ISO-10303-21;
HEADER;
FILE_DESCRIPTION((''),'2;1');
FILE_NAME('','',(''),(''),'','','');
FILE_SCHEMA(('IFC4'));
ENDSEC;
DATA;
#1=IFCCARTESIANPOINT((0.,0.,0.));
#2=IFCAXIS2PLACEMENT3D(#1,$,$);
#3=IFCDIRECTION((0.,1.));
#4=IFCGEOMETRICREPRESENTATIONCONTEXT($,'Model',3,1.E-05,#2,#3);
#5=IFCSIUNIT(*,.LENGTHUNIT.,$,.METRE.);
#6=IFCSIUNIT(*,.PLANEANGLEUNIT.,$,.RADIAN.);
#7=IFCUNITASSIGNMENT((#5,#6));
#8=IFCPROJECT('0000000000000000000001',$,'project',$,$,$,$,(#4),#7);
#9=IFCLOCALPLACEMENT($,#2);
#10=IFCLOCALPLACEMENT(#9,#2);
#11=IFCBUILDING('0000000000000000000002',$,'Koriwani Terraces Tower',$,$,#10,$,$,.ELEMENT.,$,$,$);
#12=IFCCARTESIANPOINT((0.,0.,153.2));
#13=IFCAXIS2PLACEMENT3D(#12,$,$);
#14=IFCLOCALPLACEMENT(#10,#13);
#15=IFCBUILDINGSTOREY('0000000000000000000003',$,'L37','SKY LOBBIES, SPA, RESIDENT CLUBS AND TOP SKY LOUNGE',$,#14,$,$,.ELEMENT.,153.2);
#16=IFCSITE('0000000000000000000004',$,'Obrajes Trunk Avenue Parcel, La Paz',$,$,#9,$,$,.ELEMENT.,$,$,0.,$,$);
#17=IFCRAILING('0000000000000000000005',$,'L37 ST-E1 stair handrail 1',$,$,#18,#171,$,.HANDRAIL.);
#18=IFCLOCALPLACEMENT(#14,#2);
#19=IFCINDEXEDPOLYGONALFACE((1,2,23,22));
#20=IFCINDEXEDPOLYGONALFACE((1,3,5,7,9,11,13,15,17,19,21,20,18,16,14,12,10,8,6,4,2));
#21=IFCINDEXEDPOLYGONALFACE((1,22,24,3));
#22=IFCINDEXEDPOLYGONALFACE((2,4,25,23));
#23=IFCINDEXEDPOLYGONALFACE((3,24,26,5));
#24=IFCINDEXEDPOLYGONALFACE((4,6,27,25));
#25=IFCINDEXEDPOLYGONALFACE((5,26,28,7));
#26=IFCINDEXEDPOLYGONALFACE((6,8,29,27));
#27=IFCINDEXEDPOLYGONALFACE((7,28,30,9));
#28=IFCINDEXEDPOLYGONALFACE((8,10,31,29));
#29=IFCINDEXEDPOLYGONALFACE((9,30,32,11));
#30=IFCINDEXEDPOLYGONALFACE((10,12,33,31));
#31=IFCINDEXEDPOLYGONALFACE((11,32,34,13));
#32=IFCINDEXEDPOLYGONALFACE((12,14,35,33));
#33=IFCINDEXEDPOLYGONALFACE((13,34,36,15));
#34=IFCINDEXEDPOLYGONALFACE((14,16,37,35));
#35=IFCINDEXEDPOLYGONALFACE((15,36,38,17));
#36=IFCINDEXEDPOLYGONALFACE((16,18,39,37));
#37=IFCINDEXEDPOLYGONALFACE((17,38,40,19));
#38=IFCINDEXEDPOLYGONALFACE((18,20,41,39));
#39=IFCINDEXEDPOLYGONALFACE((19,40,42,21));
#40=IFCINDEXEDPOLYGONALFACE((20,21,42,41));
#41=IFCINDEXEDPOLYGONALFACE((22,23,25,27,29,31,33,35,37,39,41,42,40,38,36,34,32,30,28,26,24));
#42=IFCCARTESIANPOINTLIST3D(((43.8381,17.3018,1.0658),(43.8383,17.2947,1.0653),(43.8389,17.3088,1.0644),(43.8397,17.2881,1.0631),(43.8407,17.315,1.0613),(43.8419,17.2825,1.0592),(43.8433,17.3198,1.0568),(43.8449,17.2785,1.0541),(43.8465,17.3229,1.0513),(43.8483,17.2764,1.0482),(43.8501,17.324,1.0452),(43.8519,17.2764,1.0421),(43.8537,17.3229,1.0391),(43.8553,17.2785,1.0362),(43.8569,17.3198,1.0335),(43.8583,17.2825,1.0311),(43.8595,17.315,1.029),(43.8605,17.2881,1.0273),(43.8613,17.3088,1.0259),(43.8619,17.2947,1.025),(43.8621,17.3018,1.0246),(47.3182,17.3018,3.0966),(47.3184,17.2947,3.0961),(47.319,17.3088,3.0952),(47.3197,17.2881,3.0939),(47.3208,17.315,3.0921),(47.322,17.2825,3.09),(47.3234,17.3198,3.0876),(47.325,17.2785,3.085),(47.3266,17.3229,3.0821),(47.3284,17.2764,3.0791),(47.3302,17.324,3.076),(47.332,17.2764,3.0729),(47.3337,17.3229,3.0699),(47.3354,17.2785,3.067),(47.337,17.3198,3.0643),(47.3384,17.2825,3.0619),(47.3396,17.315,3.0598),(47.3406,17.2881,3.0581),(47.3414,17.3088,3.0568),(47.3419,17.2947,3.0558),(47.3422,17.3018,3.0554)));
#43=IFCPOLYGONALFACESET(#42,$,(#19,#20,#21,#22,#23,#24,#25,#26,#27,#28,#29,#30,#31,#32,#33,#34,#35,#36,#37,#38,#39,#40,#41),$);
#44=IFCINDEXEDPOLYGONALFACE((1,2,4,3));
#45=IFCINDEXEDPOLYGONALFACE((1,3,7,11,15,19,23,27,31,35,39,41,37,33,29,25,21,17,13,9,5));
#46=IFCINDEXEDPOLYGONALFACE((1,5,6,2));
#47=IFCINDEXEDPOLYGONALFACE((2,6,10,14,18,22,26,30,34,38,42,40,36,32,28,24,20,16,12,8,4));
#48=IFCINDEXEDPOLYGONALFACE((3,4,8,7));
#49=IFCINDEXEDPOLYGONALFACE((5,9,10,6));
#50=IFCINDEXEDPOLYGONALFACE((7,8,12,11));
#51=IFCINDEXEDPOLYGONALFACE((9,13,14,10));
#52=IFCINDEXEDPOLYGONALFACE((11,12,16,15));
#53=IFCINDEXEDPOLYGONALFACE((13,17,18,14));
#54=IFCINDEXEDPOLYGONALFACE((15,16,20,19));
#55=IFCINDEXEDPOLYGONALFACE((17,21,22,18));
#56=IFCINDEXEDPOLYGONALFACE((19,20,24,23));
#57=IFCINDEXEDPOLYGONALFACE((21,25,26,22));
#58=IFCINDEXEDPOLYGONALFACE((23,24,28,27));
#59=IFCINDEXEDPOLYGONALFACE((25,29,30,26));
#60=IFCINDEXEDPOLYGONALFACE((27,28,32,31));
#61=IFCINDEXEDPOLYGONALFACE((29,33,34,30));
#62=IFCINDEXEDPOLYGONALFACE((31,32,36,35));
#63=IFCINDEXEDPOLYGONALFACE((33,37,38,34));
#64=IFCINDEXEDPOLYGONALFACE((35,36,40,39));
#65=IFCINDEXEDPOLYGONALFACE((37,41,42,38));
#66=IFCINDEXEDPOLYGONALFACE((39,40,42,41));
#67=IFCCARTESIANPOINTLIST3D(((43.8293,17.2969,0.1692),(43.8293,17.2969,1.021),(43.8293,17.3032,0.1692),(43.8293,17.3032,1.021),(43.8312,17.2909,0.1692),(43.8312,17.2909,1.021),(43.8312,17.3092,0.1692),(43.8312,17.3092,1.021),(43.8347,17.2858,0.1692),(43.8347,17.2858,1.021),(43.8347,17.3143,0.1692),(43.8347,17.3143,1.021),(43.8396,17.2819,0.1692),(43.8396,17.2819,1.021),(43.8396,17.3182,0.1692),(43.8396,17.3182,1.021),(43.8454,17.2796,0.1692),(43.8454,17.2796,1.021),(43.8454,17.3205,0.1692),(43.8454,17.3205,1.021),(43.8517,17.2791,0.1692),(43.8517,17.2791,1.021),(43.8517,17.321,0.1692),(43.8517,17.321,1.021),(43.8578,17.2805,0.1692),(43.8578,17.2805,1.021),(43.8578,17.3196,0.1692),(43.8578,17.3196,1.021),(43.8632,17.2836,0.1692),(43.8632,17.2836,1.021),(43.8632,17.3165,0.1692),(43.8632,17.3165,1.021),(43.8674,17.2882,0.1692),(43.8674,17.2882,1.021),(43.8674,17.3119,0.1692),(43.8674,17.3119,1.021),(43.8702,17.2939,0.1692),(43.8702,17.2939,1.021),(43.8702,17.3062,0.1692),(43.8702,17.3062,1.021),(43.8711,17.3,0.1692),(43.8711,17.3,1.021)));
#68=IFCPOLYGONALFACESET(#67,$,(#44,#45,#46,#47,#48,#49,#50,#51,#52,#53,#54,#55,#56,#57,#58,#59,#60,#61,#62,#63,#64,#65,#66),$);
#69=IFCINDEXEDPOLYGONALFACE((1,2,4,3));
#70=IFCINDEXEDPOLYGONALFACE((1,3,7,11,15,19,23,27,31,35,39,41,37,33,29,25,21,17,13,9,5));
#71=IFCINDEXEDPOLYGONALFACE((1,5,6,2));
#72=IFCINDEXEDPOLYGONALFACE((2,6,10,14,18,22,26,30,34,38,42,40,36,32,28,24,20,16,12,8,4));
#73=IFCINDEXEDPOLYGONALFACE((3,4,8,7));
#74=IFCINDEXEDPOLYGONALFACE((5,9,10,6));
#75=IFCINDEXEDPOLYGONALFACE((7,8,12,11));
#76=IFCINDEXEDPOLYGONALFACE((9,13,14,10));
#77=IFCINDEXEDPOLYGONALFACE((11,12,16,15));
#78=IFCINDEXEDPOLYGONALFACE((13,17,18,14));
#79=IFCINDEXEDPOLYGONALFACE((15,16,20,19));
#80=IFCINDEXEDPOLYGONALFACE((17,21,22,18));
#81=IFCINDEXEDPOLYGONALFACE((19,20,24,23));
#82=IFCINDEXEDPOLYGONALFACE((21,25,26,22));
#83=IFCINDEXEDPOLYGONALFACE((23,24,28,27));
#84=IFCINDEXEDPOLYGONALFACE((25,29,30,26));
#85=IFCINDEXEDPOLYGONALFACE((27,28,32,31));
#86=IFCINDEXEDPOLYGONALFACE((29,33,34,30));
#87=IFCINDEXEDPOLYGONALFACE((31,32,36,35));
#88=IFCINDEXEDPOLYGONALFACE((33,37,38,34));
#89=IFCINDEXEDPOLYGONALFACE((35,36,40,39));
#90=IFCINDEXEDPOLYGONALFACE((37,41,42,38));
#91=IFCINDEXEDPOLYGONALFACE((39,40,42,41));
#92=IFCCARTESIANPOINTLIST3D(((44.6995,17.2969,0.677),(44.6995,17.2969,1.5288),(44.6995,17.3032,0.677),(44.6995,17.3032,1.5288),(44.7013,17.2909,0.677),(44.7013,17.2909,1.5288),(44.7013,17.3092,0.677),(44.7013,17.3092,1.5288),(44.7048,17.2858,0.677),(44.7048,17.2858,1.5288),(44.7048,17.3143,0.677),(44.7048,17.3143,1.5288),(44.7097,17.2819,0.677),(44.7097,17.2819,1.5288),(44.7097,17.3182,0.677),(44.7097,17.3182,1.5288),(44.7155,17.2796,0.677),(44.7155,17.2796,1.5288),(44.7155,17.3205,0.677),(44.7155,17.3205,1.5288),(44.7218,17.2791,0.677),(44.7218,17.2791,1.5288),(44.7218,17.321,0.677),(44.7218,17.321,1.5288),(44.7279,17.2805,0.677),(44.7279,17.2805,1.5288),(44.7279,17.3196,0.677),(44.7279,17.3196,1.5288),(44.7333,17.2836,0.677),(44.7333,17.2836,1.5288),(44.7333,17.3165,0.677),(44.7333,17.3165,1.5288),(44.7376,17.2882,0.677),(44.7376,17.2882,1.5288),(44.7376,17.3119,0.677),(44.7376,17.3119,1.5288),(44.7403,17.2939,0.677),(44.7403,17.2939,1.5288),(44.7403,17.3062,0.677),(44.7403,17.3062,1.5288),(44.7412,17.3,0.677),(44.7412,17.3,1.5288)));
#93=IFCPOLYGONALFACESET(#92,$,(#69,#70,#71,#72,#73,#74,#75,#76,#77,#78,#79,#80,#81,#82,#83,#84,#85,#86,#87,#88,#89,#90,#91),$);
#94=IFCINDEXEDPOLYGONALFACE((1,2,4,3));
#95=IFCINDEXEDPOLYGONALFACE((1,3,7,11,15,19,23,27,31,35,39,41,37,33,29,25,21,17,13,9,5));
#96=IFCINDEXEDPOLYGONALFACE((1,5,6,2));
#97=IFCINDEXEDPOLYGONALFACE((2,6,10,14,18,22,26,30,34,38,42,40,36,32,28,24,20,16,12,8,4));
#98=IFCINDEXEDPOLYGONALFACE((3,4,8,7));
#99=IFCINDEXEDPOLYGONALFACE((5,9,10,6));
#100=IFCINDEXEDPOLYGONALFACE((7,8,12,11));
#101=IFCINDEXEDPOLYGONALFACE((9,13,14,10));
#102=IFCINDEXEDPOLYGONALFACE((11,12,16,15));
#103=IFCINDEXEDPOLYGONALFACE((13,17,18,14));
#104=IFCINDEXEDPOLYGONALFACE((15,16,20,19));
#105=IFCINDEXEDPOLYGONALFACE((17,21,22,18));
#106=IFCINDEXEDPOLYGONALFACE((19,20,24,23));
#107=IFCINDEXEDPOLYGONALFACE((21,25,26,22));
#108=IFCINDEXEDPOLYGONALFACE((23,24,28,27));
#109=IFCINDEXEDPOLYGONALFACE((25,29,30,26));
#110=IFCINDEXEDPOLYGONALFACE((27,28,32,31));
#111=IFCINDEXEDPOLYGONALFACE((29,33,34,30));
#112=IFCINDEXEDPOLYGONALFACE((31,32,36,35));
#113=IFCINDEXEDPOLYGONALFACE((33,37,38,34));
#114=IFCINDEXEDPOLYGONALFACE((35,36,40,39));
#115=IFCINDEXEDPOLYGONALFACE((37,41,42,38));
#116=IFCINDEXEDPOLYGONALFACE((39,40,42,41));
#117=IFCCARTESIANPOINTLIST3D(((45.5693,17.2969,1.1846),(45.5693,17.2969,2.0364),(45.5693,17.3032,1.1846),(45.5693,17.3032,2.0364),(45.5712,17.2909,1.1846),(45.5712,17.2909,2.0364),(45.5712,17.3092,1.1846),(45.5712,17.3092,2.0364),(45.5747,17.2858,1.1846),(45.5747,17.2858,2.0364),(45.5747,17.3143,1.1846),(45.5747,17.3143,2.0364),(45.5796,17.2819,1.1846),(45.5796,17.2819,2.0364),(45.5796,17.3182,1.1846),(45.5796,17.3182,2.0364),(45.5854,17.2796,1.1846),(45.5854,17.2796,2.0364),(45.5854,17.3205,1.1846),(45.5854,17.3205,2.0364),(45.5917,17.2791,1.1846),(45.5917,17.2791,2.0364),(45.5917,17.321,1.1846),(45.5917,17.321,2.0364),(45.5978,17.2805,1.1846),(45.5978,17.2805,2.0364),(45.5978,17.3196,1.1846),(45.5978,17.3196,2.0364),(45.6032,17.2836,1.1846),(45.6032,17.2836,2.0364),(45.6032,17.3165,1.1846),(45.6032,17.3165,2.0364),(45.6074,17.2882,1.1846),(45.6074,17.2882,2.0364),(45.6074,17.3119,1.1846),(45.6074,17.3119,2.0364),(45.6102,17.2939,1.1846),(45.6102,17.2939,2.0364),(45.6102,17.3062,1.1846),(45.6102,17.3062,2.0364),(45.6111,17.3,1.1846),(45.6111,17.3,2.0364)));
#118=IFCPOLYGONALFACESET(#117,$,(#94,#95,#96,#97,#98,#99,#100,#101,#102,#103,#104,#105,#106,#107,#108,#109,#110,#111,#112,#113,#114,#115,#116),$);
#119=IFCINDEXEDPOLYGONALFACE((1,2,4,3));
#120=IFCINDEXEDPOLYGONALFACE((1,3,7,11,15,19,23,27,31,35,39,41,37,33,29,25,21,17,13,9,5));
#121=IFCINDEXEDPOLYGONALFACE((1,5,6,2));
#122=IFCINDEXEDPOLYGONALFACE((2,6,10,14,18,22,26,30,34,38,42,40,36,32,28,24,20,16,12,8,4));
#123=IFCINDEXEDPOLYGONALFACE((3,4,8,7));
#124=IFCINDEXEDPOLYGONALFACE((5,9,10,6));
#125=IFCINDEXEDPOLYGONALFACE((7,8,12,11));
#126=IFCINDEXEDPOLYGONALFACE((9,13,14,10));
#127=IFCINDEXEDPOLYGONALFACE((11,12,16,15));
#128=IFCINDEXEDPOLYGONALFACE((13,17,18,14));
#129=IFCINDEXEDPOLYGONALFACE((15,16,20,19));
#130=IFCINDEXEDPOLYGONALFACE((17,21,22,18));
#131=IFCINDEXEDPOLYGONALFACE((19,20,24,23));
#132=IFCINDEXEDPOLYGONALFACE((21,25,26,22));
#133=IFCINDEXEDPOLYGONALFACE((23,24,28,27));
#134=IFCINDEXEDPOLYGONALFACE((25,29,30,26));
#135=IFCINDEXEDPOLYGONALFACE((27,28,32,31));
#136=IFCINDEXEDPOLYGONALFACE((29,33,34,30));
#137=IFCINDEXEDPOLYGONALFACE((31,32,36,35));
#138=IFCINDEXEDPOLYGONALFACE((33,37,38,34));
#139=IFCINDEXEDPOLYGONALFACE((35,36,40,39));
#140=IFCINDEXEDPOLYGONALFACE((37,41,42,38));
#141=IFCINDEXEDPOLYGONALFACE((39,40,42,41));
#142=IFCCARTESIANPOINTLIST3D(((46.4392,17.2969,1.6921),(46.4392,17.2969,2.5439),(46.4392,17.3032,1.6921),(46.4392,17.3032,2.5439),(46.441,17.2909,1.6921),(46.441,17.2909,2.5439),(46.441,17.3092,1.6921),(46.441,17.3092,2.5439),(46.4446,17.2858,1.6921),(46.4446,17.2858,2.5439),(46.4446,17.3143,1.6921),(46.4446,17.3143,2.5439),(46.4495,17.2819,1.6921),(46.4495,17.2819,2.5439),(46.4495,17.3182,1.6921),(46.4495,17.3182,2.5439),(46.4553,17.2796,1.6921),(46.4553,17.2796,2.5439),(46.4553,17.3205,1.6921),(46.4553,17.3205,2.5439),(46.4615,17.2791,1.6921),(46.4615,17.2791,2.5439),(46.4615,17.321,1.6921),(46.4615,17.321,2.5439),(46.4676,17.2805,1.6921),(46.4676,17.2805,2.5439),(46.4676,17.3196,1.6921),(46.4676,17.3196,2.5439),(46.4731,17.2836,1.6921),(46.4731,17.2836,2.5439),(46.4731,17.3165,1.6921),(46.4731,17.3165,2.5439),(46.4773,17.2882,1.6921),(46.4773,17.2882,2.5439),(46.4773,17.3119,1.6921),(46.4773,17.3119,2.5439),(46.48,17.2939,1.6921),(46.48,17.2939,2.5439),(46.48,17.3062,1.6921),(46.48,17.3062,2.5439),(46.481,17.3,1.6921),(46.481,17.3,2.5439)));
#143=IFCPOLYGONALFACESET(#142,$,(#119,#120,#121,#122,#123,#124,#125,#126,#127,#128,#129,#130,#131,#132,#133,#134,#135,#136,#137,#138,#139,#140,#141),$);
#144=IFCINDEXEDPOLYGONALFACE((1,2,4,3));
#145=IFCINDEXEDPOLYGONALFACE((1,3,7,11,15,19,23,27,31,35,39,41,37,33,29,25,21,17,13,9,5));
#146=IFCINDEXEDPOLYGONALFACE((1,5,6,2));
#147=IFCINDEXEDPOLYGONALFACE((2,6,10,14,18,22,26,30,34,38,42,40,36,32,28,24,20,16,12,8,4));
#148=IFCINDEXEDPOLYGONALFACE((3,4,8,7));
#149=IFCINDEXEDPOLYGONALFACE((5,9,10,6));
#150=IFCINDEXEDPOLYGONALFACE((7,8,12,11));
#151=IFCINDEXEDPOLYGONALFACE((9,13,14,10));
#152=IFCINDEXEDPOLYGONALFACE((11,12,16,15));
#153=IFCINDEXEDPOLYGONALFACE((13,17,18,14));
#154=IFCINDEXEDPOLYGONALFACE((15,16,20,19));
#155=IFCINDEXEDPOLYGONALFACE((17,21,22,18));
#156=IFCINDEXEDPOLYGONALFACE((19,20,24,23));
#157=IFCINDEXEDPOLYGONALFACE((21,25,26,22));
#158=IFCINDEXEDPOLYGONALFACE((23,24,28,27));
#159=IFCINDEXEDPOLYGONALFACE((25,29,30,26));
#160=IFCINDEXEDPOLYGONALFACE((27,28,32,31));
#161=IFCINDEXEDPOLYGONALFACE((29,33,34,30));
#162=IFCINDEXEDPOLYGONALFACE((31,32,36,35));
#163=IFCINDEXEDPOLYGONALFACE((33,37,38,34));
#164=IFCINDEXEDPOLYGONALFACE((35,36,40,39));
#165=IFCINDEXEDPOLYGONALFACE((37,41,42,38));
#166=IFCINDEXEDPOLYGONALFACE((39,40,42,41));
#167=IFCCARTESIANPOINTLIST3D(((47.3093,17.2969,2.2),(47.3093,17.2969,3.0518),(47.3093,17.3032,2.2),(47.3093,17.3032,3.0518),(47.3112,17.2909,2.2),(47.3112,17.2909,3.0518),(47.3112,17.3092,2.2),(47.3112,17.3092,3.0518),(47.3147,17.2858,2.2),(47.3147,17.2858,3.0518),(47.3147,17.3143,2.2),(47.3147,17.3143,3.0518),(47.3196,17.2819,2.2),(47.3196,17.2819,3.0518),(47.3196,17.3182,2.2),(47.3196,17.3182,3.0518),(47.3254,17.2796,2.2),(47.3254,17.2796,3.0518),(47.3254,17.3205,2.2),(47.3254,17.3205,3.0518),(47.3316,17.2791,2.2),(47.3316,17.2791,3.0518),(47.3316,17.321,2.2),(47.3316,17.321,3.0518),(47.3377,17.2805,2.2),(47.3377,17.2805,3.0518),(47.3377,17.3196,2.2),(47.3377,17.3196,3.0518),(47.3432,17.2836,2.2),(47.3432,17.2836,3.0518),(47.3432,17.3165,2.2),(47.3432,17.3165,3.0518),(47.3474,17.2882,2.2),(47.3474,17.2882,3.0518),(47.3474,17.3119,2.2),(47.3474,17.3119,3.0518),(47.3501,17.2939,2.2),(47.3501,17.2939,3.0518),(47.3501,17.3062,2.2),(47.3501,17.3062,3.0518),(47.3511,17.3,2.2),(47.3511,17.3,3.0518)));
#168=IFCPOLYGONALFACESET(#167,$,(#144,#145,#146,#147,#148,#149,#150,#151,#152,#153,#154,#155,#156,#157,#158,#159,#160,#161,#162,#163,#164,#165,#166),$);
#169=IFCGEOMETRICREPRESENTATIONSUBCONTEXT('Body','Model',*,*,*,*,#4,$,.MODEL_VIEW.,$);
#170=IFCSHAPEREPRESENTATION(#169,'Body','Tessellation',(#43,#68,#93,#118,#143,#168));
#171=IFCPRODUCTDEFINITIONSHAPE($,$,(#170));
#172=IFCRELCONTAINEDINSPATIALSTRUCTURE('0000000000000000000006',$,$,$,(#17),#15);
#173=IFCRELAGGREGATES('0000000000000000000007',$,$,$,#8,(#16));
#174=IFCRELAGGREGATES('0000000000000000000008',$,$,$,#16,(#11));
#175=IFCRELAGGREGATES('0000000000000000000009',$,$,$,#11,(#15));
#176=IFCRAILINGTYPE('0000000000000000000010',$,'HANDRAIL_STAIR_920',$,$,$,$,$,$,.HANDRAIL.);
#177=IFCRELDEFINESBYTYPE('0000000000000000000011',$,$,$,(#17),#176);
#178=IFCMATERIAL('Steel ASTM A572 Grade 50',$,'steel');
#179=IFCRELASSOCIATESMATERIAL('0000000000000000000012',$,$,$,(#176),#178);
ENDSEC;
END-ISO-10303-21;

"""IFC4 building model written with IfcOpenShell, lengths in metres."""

from ifc_helpers import new_model, si_unit, direction, frame, origin, origin_2d, place, context, subcontext, project, spatial, circle, extrude, material, type_object, element, save


model = new_model("IFC4")

# Units and contexts
model_context = context("Model", 3, precision=1e-05, world=origin(), true_north=direction((0.0, 1.0)))
body_context = subcontext(model_context, "Body", "Model", "MODEL_VIEW")
ifc_project = project(units=[si_unit("LENGTHUNIT", "METRE"), si_unit("PLANEANGLEUNIT", "RADIAN")], contexts=[model_context])

# Site, building, storey
site_placement = place(None, origin())
site = spatial("IfcSite", under=ifc_project, at=site_placement, Name="Obrajes Trunk Avenue Parcel, La Paz", CompositionType="ELEMENT", RefElevation=0.0)
building_placement = place(site_placement, origin())
building = spatial("IfcBuilding", under=site, at=building_placement, Name="Koriwani Terraces Tower", CompositionType="ELEMENT")
storey_placement = place(building_placement, frame((0.0, 0.0, 153.2)))
storey = spatial("IfcBuildingStorey", under=building, at=storey_placement, Name="L37", Description="SKY LOBBIES, SPA, RESIDENT CLUBS AND TOP SKY LOUNGE", CompositionType="ELEMENT", Elevation=153.2)

# Shared definitions
ifc_material_1 = material(Name="Steel ASTM A572 Grade 50", Category="steel")

# Railing
railing_type_1 = type_object("IfcRailingType", Name="HANDRAIL_STAIR_920", PredefinedType="HANDRAIL", material=ifc_material_1)
railing_1_placement = place(storey_placement, frame((43.8501, 17.3, 0.1692)))
element("IfcRailing", 1, at=railing_1_placement, inside=storey, type_object=railing_type_1, Name="L37 ST-E1 stair handrail 1", PredefinedType="HANDRAIL", context=body_context, shape_type="SweptSolid", body=[
    extrude(circle(Radius=0.0239, at=origin_2d()), frame((0.0, 0.0, 0.876), z_axis=(0.863695, 0.0, 0.504014), x_axis=(0.0, 1.0, 0.0)), (0.0, 0.0, 1.0), 4.0293),
    extrude(circle(Radius=0.021, at=origin_2d()), origin(), (0.0, 0.0, 1.0), 0.8518),
    extrude(circle(Radius=0.021, at=origin_2d()), frame((0.8701, 0.0, 0.5078)), (0.0, 0.0, 1.0), 0.8518),
    extrude(circle(Radius=0.021, at=origin_2d()), frame((1.74, 0.0, 1.0154)), (0.0, 0.0, 1.0), 0.8518),
    extrude(circle(Radius=0.021, at=origin_2d()), frame((2.6099, 0.0, 1.5229)), (0.0, 0.0, 1.0), 0.8518),
    extrude(circle(Radius=0.021, at=origin_2d()), frame((3.48, 0.0, 2.0308)), (0.0, 0.0, 1.0), 0.8518),
])

save(model, "model.ifc")
